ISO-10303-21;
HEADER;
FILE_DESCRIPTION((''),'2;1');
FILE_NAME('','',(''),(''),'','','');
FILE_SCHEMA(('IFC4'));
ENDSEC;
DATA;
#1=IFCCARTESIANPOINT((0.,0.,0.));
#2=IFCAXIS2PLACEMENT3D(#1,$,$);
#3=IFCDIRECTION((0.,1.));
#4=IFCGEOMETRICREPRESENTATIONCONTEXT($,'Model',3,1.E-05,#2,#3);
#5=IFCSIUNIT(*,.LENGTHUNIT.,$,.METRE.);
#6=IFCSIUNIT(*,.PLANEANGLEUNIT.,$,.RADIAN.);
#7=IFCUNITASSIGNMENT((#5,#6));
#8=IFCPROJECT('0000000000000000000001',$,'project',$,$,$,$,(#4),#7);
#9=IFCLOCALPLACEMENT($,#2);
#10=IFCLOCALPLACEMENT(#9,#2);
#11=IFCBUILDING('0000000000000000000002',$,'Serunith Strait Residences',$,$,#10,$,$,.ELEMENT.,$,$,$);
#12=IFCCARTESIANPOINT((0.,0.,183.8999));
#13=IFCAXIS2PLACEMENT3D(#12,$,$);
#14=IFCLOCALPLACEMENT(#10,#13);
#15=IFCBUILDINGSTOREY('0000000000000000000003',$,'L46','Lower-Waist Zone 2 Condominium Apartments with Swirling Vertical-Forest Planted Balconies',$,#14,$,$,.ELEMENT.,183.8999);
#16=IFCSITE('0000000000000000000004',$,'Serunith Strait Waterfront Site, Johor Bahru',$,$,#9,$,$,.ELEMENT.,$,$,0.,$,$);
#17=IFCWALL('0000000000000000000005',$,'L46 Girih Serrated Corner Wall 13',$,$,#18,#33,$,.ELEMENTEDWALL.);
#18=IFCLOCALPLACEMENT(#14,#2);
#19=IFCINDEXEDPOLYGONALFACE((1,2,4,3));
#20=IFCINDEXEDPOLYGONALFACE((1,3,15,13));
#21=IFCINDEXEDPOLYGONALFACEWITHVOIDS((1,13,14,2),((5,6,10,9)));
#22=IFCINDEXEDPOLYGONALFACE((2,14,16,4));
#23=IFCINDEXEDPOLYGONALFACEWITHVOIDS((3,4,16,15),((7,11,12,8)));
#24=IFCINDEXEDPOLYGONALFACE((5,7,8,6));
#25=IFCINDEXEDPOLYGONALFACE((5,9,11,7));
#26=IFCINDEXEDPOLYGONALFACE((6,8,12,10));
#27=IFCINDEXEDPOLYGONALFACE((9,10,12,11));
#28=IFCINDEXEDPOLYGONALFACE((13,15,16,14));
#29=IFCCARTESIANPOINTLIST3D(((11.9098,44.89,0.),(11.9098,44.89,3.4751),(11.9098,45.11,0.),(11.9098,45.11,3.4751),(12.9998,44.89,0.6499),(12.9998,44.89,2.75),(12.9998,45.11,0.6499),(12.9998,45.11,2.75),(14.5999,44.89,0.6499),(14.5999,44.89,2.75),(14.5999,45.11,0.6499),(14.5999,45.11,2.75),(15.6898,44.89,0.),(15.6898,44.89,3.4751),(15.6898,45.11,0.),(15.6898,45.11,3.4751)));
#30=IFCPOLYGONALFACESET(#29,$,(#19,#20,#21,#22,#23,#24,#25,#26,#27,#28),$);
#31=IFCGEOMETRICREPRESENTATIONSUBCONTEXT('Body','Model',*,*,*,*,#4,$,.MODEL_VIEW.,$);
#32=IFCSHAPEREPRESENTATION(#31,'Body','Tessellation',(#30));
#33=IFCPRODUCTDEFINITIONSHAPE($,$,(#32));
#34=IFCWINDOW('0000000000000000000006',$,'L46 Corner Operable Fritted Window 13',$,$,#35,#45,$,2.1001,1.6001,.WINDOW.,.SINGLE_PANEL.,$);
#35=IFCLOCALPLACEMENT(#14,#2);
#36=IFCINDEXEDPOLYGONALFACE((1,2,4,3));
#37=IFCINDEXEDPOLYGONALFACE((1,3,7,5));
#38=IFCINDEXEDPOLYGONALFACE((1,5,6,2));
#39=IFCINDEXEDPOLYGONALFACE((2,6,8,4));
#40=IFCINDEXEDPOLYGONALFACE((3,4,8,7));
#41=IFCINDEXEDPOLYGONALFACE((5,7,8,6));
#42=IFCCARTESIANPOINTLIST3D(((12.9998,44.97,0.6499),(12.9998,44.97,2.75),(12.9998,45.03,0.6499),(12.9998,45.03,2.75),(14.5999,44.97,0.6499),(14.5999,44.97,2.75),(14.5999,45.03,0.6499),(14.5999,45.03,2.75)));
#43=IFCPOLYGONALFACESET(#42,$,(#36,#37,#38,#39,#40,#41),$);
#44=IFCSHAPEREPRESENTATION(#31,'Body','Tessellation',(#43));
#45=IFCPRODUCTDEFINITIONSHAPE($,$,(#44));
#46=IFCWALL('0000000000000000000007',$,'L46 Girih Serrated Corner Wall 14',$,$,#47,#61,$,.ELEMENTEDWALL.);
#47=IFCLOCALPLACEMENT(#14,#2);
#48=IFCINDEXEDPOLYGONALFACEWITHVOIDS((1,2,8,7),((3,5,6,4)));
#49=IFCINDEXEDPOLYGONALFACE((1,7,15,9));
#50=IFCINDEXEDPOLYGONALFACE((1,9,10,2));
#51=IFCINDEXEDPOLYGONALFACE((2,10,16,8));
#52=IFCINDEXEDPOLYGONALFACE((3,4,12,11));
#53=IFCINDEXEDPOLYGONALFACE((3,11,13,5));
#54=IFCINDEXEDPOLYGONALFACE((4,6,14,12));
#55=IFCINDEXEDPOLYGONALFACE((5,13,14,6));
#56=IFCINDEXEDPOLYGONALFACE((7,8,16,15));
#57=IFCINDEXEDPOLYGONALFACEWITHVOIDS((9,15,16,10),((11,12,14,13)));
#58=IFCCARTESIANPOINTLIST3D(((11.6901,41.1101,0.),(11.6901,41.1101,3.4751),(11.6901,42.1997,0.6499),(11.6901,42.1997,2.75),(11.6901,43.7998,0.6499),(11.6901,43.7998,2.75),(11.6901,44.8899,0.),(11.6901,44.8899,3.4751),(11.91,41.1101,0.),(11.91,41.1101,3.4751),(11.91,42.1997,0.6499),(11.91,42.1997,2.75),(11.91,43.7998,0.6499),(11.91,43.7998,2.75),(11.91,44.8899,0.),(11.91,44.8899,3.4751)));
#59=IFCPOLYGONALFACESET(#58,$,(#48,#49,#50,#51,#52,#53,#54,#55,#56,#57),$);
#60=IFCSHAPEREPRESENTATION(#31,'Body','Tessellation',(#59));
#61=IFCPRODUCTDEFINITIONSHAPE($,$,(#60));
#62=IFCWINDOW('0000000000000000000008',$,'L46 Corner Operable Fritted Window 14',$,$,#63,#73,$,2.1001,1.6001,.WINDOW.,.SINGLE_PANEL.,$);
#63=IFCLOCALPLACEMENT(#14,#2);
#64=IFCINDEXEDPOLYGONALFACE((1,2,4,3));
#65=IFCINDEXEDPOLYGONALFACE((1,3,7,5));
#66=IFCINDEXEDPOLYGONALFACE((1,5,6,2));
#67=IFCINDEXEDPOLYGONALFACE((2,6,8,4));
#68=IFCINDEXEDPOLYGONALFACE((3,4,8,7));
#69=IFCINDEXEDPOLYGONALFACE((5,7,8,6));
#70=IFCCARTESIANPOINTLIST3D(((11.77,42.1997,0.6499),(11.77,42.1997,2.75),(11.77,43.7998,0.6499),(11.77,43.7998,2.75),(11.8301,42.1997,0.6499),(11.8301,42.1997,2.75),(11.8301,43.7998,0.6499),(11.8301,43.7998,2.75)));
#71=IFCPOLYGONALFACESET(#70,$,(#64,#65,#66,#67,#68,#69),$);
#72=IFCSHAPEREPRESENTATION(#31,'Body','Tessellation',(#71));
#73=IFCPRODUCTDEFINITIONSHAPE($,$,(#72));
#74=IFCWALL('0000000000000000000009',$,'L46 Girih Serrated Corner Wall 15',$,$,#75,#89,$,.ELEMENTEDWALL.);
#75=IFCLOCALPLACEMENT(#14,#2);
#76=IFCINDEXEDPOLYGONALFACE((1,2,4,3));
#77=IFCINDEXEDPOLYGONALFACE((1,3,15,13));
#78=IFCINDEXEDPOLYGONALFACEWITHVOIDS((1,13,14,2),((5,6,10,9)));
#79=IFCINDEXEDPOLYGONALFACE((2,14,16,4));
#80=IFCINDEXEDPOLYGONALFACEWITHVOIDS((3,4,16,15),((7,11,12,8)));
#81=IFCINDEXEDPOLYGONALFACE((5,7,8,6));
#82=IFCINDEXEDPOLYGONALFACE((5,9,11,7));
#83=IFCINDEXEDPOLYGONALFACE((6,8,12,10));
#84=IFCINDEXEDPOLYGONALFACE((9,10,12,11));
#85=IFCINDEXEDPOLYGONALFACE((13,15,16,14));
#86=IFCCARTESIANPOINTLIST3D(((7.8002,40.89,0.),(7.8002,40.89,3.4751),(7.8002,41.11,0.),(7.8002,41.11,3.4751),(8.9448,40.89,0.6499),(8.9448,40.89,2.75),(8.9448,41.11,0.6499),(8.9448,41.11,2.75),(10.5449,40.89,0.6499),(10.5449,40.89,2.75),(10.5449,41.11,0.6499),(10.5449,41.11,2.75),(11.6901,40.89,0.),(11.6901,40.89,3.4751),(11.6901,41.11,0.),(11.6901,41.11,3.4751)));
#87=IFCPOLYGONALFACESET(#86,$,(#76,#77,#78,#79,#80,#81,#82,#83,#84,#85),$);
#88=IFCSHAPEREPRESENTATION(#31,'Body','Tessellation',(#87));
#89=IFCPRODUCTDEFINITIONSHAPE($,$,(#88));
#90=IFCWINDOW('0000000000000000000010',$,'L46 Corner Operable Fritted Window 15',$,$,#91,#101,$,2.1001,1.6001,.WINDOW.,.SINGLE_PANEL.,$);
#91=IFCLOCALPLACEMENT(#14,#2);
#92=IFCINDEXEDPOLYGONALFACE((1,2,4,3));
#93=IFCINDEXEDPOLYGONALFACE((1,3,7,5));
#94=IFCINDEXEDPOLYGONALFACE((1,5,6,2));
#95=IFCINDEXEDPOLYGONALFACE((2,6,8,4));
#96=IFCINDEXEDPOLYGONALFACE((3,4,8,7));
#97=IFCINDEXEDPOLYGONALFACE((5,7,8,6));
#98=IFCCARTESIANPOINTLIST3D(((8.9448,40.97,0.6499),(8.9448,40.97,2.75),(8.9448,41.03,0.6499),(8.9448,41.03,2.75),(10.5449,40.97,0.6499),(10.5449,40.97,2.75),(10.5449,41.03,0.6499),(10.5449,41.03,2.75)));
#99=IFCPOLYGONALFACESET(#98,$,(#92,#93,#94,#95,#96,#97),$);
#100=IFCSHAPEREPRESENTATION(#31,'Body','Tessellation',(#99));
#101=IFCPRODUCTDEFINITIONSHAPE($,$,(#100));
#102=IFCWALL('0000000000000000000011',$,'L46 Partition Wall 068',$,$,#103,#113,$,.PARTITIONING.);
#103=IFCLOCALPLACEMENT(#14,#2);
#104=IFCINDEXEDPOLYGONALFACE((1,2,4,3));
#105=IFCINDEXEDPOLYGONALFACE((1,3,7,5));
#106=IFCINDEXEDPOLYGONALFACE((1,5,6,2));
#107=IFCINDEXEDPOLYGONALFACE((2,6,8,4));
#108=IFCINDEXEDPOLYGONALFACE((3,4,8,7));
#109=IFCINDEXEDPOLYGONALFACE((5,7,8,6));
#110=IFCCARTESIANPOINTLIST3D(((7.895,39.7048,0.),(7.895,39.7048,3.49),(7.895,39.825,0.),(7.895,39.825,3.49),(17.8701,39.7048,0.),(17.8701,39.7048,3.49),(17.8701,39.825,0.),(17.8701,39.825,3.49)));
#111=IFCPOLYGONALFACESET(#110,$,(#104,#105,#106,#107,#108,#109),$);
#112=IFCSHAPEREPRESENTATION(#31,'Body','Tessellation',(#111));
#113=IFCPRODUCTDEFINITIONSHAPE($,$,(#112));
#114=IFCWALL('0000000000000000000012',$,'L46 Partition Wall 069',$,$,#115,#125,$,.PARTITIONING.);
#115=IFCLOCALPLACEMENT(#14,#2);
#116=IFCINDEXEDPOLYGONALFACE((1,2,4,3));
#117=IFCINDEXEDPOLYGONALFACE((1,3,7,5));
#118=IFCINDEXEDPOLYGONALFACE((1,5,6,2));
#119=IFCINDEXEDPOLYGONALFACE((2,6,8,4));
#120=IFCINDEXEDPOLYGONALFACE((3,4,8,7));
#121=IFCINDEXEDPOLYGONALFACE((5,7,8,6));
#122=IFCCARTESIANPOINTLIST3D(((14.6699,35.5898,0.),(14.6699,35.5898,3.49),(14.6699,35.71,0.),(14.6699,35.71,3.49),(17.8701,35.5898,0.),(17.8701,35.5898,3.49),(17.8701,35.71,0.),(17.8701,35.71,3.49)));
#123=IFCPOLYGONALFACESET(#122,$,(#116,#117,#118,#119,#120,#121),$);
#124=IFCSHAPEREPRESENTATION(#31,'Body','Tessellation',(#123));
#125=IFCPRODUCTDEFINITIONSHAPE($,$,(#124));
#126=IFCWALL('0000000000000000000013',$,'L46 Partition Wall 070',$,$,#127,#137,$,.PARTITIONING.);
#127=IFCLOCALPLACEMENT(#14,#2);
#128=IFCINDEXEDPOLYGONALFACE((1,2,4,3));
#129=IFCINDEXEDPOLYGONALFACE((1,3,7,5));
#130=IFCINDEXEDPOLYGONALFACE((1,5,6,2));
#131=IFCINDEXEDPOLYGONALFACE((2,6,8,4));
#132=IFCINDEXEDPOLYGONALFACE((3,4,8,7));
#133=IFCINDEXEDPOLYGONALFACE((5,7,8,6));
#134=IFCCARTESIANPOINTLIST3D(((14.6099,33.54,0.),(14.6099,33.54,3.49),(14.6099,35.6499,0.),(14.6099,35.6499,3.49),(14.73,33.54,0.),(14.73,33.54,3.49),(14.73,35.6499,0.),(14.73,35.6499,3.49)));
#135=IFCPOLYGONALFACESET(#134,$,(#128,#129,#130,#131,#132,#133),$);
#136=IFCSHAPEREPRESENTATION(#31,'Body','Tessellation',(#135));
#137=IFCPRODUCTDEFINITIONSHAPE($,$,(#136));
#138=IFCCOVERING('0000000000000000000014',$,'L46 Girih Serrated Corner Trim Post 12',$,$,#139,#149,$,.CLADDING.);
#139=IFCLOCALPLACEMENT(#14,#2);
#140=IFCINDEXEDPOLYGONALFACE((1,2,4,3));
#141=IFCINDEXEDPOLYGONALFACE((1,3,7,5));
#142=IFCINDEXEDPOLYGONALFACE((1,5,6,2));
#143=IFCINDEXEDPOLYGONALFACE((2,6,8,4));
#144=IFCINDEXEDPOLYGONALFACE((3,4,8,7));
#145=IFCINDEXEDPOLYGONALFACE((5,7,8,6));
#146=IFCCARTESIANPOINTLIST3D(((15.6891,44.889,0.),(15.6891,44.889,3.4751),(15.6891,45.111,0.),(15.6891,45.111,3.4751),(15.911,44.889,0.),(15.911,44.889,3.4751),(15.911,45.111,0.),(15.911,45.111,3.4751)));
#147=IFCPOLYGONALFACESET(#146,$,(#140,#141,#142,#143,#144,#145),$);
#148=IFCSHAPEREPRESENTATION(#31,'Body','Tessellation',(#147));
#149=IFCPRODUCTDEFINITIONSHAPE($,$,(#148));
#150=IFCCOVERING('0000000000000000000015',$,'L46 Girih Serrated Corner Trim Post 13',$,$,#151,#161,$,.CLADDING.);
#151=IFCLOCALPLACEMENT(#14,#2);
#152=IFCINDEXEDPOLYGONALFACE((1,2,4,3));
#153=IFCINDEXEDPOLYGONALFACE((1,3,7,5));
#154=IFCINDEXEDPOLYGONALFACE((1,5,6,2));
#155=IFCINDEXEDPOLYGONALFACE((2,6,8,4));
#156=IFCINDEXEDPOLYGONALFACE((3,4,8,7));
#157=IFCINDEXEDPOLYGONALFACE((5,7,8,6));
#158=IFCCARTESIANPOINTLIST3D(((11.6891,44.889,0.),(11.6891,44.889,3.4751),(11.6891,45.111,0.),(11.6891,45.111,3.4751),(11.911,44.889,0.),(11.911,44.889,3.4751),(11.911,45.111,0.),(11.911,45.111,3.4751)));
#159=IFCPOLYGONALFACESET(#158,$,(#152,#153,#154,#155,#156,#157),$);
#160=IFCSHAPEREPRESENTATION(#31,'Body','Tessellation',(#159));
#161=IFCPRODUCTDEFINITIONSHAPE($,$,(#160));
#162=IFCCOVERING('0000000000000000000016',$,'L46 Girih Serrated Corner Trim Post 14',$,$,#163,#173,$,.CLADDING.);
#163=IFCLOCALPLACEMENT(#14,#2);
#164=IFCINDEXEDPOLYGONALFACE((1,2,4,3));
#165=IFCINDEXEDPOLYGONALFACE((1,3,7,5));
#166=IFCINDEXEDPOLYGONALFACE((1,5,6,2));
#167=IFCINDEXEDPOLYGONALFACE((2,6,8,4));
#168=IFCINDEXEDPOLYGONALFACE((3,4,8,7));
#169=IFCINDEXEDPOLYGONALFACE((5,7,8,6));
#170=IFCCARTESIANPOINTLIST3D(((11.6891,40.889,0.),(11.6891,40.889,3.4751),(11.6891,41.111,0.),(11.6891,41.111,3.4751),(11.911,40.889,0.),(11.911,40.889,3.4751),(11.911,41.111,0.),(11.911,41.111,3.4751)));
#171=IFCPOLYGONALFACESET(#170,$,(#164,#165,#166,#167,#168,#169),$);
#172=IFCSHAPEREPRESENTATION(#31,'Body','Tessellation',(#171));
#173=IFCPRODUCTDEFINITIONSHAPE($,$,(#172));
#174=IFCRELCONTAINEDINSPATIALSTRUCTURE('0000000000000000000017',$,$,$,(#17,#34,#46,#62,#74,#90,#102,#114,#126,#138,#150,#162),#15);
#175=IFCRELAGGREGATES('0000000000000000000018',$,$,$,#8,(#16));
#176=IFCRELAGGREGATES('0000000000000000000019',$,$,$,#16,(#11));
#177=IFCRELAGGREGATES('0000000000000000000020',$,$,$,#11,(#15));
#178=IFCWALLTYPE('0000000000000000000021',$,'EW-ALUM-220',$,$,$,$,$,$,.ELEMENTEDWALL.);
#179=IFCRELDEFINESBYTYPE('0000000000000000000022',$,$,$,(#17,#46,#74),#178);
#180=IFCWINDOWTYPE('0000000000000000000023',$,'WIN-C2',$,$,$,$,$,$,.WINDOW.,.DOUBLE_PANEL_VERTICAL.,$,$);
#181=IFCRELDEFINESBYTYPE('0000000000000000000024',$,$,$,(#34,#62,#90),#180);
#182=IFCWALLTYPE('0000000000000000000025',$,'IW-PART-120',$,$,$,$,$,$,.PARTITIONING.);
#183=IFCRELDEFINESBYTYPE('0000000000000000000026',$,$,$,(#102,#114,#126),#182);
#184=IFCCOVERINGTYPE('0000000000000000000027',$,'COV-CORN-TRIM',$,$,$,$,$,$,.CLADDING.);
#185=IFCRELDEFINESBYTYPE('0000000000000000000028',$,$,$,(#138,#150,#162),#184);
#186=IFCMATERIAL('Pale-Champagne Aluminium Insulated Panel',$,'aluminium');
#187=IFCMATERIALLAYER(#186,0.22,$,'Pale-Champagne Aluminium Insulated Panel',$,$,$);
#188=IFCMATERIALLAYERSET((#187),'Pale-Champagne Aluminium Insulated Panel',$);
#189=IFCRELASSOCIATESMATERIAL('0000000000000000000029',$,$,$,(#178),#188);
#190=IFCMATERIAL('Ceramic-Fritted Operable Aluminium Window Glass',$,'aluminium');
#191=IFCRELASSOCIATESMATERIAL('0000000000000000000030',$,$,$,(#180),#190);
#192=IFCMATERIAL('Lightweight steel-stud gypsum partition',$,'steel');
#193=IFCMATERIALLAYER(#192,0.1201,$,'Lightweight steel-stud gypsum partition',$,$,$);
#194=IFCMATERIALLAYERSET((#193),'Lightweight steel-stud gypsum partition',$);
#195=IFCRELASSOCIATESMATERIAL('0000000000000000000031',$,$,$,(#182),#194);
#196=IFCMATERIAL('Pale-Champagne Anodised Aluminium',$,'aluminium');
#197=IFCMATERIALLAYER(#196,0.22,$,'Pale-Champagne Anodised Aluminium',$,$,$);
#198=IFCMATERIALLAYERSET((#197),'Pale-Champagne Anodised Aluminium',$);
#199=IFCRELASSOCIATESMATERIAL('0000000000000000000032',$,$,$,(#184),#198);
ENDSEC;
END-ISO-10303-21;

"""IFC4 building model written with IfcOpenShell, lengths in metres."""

from ifc_helpers import new_model, si_unit, direction, frame, frame_2d, origin, origin_2d, place, context, subcontext, project, spatial, rectangle, extrude, source, transform, mapped, material, layer, layer_set, type_object, element, fill, save


model = new_model("IFC4")

# Units and contexts
model_context = context("Model", 3, precision=1e-05, world=origin(), true_north=direction((0.0, 1.0)))
body_context = subcontext(model_context, "Body", "Model", "MODEL_VIEW")
ifc_project = project(units=[si_unit("LENGTHUNIT", "METRE"), si_unit("PLANEANGLEUNIT", "RADIAN")], contexts=[model_context])

# Site, building, storey
site_placement = place(None, origin())
site = spatial("IfcSite", under=ifc_project, at=site_placement, Name="Serunith Strait Waterfront Site, Johor Bahru", CompositionType="ELEMENT", RefElevation=0.0)
building_placement = place(site_placement, origin())
building = spatial("IfcBuilding", under=site, at=building_placement, Name="Serunith Strait Residences", CompositionType="ELEMENT")
storey_placement = place(building_placement, frame((0.0, 0.0, 183.8999)))
storey = spatial("IfcBuildingStorey", under=building, at=storey_placement, Name="L46", Description="Lower-Waist Zone 2 Condominium Apartments with Swirling Vertical-Forest Planted Balconies", CompositionType="ELEMENT", Elevation=183.8999)

# Shared definitions
ifc_material_1 = material(Name="Pale-Champagne Anodised Aluminium", Category="aluminium")

# Walls, openings, windows
ifc_material_2 = material(Name="Pale-Champagne Aluminium Insulated Panel", Category="aluminium")
ifc_layer_1 = layer(ifc_material_2, 0.22, Name="Pale-Champagne Aluminium Insulated Panel")
ifc_layer_set_1 = layer_set([ifc_layer_1], Name="Pale-Champagne Aluminium Insulated Panel")
wall_type_1 = type_object("IfcWallType", Name="EW-ALUM-220", PredefinedType="ELEMENTEDWALL", material=ifc_layer_set_1)
ifc_material_3 = material(Name="Ceramic-Fritted Operable Aluminium Window Glass", Category="aluminium")
window_type = type_object("IfcWindowType", Name="WIN-C2", PartitioningType="DOUBLE_PANEL_VERTICAL", PredefinedType="WINDOW", material=ifc_material_3)
shared_shape_1 = source(origin(), body_context, "Body", "SweptSolid", [
    extrude(rectangle(XDim=1.6001, YDim=2.1001, at=frame_2d((0.8, 1.05))), frame((0.0, 0.03, 0.0), z_axis=(0.0, -1.0, 0.0), x_axis=(1.0, 0.0, 0.0)), (0.0, 0.0, 1.0), 0.0601),
])
wall_1_placement = place(storey_placement, frame((15.6899, 45.0, 0.0), z_axis=(0.0, 0.0, 1.0), x_axis=(-1.0, 0.0, 0.0)))
wall_1 = element("IfcWall", 1, at=wall_1_placement, inside=storey, type_object=wall_type_1, Name="L46 Girih Serrated Corner Wall 13", PredefinedType="ELEMENTEDWALL", context=body_context, shape_type="SweptSolid", body=[
    extrude(rectangle(XDim=3.78, YDim=0.22, at=frame_2d((1.8901, 0.0))), origin(), (0.0, 0.0, 1.0), 3.4751),
])
opening_1_placement = place(wall_1_placement, frame((1.0901, 0.0, 0.6499)))
opening_1 = element("IfcOpeningElement", 2, at=opening_1_placement, cuts=wall_1, PredefinedType="OPENING", context=body_context, shape_type="SweptSolid", body=[
    extrude(rectangle(XDim=1.6001, YDim=2.1001, at=frame_2d((0.8, 1.05))), frame((0.0, 0.1201, 0.0), z_axis=(0.0, -1.0, 0.0), x_axis=(1.0, 0.0, 0.0)), (0.0, 0.0, 1.0), 0.24),
])
window_1_placement = place(opening_1_placement, origin())
window_1 = element("IfcWindow", 3, at=window_1_placement, inside=storey, type_object=window_type, Name="L46 Corner Operable Fritted Window 13", OverallHeight=2.1001, OverallWidth=1.6001, PartitioningType="SINGLE_PANEL", PredefinedType="WINDOW", context=body_context, shape_type="MappedRepresentation", body=[
    mapped(shared_shape_1, transform((0.0, 0.0, 0.0), scale=1.0)),
])
fill(opening_1, window_1)
wall_2_placement = place(storey_placement, frame((11.8, 44.8899, 0.0), z_axis=(0.0, 0.0, 1.0), x_axis=(0.0, -1.0, 0.0)))
wall_2 = element("IfcWall", 4, at=wall_2_placement, inside=storey, type_object=wall_type_1, Name="L46 Girih Serrated Corner Wall 14", PredefinedType="ELEMENTEDWALL", context=body_context, shape_type="SweptSolid", body=[
    extrude(rectangle(XDim=3.7798, YDim=0.22, at=frame_2d((1.8899, 0.0))), origin(), (0.0, 0.0, 1.0), 3.4751),
])
opening_2_placement = place(wall_2_placement, frame((1.0901, 0.0, 0.6499)))
opening_2 = element("IfcOpeningElement", 5, at=opening_2_placement, cuts=wall_2, PredefinedType="OPENING", context=body_context, shape_type="SweptSolid", body=[
    extrude(rectangle(XDim=1.6001, YDim=2.1001, at=frame_2d((0.8, 1.05))), frame((0.0, 0.1201, 0.0), z_axis=(0.0, -1.0, 0.0), x_axis=(1.0, 0.0, 0.0)), (0.0, 0.0, 1.0), 0.24),
])
window_2_placement = place(opening_2_placement, origin())
window_2 = element("IfcWindow", 6, at=window_2_placement, inside=storey, type_object=window_type, Name="L46 Corner Operable Fritted Window 14", OverallHeight=2.1001, OverallWidth=1.6001, PartitioningType="SINGLE_PANEL", PredefinedType="WINDOW", context=body_context, shape_type="MappedRepresentation", body=[
    mapped(shared_shape_1, transform((0.0, 0.0, 0.0), scale=1.0)),
])
fill(opening_2, window_2)
wall_3_placement = place(storey_placement, frame((11.6899, 41.0, 0.0), z_axis=(0.0, 0.0, 1.0), x_axis=(-1.0, 0.0, 0.0)))
wall_3 = element("IfcWall", 7, at=wall_3_placement, inside=storey, type_object=wall_type_1, Name="L46 Girih Serrated Corner Wall 15", PredefinedType="ELEMENTEDWALL", context=body_context, shape_type="SweptSolid", body=[
    extrude(rectangle(XDim=3.8899, YDim=0.22, at=frame_2d((1.9448, 0.0))), origin(), (0.0, 0.0, 1.0), 3.4751),
])
opening_3_placement = place(wall_3_placement, frame((1.145, 0.0, 0.6499)))
opening_3 = element("IfcOpeningElement", 8, at=opening_3_placement, cuts=wall_3, PredefinedType="OPENING", context=body_context, shape_type="SweptSolid", body=[
    extrude(rectangle(XDim=1.6001, YDim=2.1001, at=frame_2d((0.8, 1.05))), frame((0.0, 0.1201, 0.0), z_axis=(0.0, -1.0, 0.0), x_axis=(1.0, 0.0, 0.0)), (0.0, 0.0, 1.0), 0.24),
])
window_3_placement = place(opening_3_placement, origin())
window_3 = element("IfcWindow", 9, at=window_3_placement, inside=storey, type_object=window_type, Name="L46 Corner Operable Fritted Window 15", OverallHeight=2.1001, OverallWidth=1.6001, PartitioningType="SINGLE_PANEL", PredefinedType="WINDOW", context=body_context, shape_type="MappedRepresentation", body=[
    mapped(shared_shape_1, transform((0.0, 0.0, 0.0), scale=1.0)),
])
fill(opening_3, window_3)

# Walls
ifc_material_4 = material(Name="Lightweight steel-stud gypsum partition", Category="steel")
ifc_layer_2 = layer(ifc_material_4, 0.1201, Name="Lightweight steel-stud gypsum partition")
ifc_layer_set_2 = layer_set([ifc_layer_2], Name="Lightweight steel-stud gypsum partition")
wall_type_2 = type_object("IfcWallType", Name="IW-PART-120", PredefinedType="PARTITIONING", material=ifc_layer_set_2)
wall_4_placement = place(storey_placement, frame((7.895, 39.7649, 0.0), z_axis=(0.0, 0.0, 1.0), x_axis=(1.0, 0.0, 0.0)))
element("IfcWall", 10, at=wall_4_placement, inside=storey, type_object=wall_type_2, Name="L46 Partition Wall 068", PredefinedType="PARTITIONING", context=body_context, shape_type="SweptSolid", body=[
    extrude(rectangle(XDim=9.9751, YDim=0.1201, at=frame_2d((4.9875, 0.0))), origin(), (0.0, 0.0, 1.0), 3.49),
])
wall_5_placement = place(storey_placement, frame((14.6699, 35.6499, 0.0), z_axis=(0.0, 0.0, 1.0), x_axis=(1.0, 0.0, 0.0)))
element("IfcWall", 11, at=wall_5_placement, inside=storey, type_object=wall_type_2, Name="L46 Partition Wall 069", PredefinedType="PARTITIONING", context=body_context, shape_type="SweptSolid", body=[
    extrude(rectangle(XDim=3.2002, YDim=0.1201, at=frame_2d((1.6001, 0.0))), origin(), (0.0, 0.0, 1.0), 3.49),
])
wall_6_placement = place(storey_placement, frame((14.6699, 35.6499, 0.0), z_axis=(0.0, 0.0, 1.0), x_axis=(0.0, -1.0, 0.0)))
element("IfcWall", 12, at=wall_6_placement, inside=storey, type_object=wall_type_2, Name="L46 Partition Wall 070", PredefinedType="PARTITIONING", context=body_context, shape_type="SweptSolid", body=[
    extrude(rectangle(XDim=2.1099, YDim=0.1201, at=frame_2d((1.0549, 0.0))), origin(), (0.0, 0.0, 1.0), 3.49),
])

# Coverings
ifc_layer_3 = layer(ifc_material_1, 0.22, Name="Pale-Champagne Anodised Aluminium")
ifc_layer_set_3 = layer_set([ifc_layer_3], Name="Pale-Champagne Anodised Aluminium")
covering_type = type_object("IfcCoveringType", Name="COV-CORN-TRIM", PredefinedType="CLADDING", material=ifc_layer_set_3)
shared_shape_2 = source(origin(), body_context, "Body", "SweptSolid", [
    extrude(rectangle(XDim=0.2219, YDim=0.2219, at=origin_2d()), origin(), (0.0, 0.0, 1.0), 3.4751),
])
for number, where, z_axis, x_axis, name in (
    (13, (15.8, 45.0, 0.0), (0.0, 0.0, 1.0), (1.0, 0.0, 0.0), "L46 Girih Serrated Corner Trim Post 12"),
    (14, (11.8, 45.0, 0.0), (0.0, 0.0, 1.0), (1.0, 0.0, 0.0), "L46 Girih Serrated Corner Trim Post 13"),
    (15, (11.8, 41.0, 0.0), (0.0, 0.0, 1.0), (1.0, 0.0, 0.0), "L46 Girih Serrated Corner Trim Post 14"),
):
    element("IfcCovering", number, at=place(storey_placement, frame(where, z_axis=z_axis, x_axis=x_axis)), inside=storey, type_object=covering_type, Name=name, PredefinedType="CLADDING", context=body_context, shape_type="MappedRepresentation", body=[
        mapped(shared_shape_2, transform((0.0, 0.0, 0.0), scale=1.0)),
    ])

save(model, "model.ifc")
